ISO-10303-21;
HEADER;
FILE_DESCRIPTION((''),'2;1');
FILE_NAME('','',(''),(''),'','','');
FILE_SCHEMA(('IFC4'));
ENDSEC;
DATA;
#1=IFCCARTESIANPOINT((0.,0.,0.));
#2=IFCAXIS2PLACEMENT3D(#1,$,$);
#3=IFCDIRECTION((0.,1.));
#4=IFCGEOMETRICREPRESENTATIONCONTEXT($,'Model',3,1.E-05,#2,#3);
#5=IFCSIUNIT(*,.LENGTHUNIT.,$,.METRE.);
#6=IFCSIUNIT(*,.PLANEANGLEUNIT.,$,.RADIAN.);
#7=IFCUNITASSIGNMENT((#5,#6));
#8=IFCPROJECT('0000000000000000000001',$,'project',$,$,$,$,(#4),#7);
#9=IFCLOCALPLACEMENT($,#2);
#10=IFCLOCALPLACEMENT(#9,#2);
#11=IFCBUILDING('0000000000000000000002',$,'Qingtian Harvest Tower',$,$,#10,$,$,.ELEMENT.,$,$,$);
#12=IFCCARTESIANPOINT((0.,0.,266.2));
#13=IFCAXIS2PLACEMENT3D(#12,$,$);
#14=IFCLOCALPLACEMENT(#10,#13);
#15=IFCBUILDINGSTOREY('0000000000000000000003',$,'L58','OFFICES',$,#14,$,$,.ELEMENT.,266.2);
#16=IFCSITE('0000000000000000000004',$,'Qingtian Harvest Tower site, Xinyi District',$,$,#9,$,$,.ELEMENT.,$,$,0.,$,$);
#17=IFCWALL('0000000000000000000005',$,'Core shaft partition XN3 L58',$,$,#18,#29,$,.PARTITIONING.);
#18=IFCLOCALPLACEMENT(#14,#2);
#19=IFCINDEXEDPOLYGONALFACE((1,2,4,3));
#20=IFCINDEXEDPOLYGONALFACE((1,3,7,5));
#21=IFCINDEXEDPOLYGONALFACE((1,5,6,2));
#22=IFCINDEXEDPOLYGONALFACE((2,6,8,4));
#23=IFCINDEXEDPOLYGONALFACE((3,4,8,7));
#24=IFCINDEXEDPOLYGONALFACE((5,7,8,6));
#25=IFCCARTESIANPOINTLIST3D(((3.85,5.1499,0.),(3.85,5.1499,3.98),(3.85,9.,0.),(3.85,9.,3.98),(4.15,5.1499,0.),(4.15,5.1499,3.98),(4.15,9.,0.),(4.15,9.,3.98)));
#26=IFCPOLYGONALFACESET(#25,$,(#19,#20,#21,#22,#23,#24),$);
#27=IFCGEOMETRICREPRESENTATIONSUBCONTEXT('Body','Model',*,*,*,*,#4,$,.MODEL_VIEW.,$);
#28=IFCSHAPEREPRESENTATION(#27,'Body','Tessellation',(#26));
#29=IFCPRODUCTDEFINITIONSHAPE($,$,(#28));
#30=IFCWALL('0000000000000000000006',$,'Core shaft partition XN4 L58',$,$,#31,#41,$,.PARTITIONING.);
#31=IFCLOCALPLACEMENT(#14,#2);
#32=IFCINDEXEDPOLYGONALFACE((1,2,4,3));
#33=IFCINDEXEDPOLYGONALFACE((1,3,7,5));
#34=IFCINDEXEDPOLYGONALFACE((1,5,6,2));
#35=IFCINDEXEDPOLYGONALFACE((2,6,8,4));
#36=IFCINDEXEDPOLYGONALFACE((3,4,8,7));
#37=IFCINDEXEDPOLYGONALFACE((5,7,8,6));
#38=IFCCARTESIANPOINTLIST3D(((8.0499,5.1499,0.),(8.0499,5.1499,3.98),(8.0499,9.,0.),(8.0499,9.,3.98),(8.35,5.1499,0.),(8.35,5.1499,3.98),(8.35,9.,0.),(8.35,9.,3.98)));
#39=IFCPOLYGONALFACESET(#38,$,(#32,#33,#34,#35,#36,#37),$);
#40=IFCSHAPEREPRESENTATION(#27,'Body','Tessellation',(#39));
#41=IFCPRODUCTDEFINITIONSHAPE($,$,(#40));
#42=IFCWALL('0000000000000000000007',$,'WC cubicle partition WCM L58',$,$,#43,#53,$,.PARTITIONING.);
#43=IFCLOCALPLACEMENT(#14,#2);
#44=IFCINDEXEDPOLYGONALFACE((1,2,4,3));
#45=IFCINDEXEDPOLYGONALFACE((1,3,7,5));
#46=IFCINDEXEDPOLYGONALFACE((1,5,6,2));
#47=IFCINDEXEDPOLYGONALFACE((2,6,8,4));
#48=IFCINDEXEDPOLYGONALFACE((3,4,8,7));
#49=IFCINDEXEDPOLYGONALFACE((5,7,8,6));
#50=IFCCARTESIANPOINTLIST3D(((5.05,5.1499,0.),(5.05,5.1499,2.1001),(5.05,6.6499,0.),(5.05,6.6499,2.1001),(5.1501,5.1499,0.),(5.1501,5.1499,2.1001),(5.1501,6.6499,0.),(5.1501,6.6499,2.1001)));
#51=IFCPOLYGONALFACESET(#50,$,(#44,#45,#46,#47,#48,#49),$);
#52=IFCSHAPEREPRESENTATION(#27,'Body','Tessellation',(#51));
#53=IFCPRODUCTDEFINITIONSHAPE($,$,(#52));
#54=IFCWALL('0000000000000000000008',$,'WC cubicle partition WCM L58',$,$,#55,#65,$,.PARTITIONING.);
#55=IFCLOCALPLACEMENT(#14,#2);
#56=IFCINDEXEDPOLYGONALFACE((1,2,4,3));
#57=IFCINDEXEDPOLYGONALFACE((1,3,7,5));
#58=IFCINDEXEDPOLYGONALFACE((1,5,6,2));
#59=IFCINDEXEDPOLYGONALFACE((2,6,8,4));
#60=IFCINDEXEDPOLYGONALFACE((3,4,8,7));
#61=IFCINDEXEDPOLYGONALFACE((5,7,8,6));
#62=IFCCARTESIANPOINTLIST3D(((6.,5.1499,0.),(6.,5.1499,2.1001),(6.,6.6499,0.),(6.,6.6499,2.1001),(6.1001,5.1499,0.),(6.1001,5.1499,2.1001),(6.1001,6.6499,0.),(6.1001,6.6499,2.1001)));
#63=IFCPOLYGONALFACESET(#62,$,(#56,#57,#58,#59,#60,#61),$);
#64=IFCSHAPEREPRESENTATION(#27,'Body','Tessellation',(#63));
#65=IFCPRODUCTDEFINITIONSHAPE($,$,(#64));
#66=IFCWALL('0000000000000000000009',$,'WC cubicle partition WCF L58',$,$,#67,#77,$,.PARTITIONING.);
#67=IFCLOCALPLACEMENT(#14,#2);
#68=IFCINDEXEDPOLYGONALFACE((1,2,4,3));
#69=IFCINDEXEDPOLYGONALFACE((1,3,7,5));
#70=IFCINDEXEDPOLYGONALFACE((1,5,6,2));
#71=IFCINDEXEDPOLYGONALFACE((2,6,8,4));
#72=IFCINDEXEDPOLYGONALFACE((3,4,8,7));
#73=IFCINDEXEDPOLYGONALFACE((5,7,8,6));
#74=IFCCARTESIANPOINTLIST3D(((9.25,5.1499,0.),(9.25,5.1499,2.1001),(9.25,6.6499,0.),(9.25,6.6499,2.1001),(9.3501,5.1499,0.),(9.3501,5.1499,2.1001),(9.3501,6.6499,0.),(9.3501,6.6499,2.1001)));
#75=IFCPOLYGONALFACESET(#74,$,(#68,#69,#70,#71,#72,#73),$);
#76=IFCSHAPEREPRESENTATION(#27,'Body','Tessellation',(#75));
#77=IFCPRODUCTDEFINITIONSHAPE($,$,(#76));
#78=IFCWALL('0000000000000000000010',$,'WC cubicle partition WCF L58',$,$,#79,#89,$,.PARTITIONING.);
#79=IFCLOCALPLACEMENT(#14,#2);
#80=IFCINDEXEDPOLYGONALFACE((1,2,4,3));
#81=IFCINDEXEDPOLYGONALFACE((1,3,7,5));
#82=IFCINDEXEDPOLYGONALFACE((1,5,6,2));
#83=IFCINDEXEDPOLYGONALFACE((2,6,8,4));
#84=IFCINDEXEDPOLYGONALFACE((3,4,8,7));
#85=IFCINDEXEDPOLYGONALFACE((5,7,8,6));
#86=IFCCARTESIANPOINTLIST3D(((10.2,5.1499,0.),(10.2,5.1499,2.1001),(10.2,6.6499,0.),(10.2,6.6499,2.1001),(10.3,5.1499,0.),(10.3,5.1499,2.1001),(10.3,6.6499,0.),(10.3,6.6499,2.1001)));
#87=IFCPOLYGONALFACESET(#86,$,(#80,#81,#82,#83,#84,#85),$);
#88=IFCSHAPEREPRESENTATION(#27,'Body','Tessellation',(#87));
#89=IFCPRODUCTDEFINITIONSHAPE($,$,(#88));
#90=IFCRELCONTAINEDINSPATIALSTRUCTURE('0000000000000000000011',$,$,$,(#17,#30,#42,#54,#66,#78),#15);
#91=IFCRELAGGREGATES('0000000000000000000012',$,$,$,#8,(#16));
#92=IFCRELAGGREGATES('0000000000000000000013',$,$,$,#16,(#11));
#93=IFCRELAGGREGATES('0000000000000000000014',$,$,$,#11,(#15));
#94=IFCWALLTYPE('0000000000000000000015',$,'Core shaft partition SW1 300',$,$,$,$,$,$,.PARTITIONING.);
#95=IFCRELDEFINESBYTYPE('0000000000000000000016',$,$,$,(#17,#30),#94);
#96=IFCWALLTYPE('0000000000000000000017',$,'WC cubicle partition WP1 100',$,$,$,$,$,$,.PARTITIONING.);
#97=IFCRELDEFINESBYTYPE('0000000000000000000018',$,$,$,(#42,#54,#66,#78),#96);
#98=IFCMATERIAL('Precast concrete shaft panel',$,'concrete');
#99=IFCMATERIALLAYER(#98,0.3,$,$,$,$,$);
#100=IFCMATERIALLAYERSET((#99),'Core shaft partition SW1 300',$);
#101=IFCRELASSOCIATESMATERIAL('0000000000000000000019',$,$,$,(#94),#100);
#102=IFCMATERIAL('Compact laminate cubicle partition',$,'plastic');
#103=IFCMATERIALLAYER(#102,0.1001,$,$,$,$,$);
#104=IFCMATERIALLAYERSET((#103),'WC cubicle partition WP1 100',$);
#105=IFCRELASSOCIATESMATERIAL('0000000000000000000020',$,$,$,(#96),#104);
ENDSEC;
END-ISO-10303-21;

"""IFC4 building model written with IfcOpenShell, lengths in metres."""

from ifc_helpers import new_model, si_unit, direction, frame, frame_2d, origin, place, context, subcontext, project, spatial, rectangle, extrude, material, layer, layer_set, type_object, element, save


model = new_model("IFC4")

# Units and contexts
model_context = context("Model", 3, precision=1e-05, world=origin(), true_north=direction((0.0, 1.0)))
body_context = subcontext(model_context, "Body", "Model", "MODEL_VIEW")
ifc_project = project(units=[si_unit("LENGTHUNIT", "METRE"), si_unit("PLANEANGLEUNIT", "RADIAN")], contexts=[model_context])

# Site, building, storey
site_placement = place(None, origin())
site = spatial("IfcSite", under=ifc_project, at=site_placement, Name="Qingtian Harvest Tower site, Xinyi District", CompositionType="ELEMENT", RefElevation=0.0)
building_placement = place(site_placement, origin())
building = spatial("IfcBuilding", under=site, at=building_placement, Name="Qingtian Harvest Tower", CompositionType="ELEMENT")
storey_placement = place(building_placement, frame((0.0, 0.0, 266.2)))
storey = spatial("IfcBuildingStorey", under=building, at=storey_placement, Name="L58", Description="OFFICES", CompositionType="ELEMENT", Elevation=266.2)

# Walls
ifc_material_1 = material(Name="Precast concrete shaft panel", Category="concrete")
ifc_layer_1 = layer(ifc_material_1, 0.3)
ifc_layer_set_1 = layer_set([ifc_layer_1], Name="Core shaft partition SW1 300")
wall_type_1 = type_object("IfcWallType", Name="Core shaft partition SW1 300", PredefinedType="PARTITIONING", material=ifc_layer_set_1)
for number, where, z_axis, x_axis, name in (
    (1, (4.0, 5.1499, 0.0), (0.0, 0.0, 1.0), (0.0, 1.0, 0.0), "Core shaft partition XN3 L58"),
    (2, (8.2, 5.1499, 0.0), (0.0, 0.0, 1.0), (0.0, 1.0, 0.0), "Core shaft partition XN4 L58"),
):
    element("IfcWall", number, at=place(storey_placement, frame(where, z_axis=z_axis, x_axis=x_axis)), inside=storey, type_object=wall_type_1, Name=name, PredefinedType="PARTITIONING", context=body_context, shape_type="SweptSolid", body=[
        extrude(rectangle(XDim=3.8501, YDim=0.3, at=frame_2d((1.925, 0.0))), origin(), (0.0, 0.0, 1.0), 3.98),
    ])

# Walls
ifc_material_2 = material(Name="Compact laminate cubicle partition", Category="plastic")
ifc_layer_2 = layer(ifc_material_2, 0.1001)
ifc_layer_set_2 = layer_set([ifc_layer_2], Name="WC cubicle partition WP1 100")
wall_type_2 = type_object("IfcWallType", Name="WC cubicle partition WP1 100", PredefinedType="PARTITIONING", material=ifc_layer_set_2)
for number, where, z_axis, x_axis, name in (
    (3, (5.1001, 5.1499, 0.0), (0.0, 0.0, 1.0), (0.0, 1.0, 0.0), "WC cubicle partition WCM L58"),
    (4, (6.05, 5.1499, 0.0), (0.0, 0.0, 1.0), (0.0, 1.0, 0.0), "WC cubicle partition WCM L58"),
    (5, (9.3, 5.1499, 0.0), (0.0, 0.0, 1.0), (0.0, 1.0, 0.0), "WC cubicle partition WCF L58"),
    (6, (10.25, 5.1499, 0.0), (0.0, 0.0, 1.0), (0.0, 1.0, 0.0), "WC cubicle partition WCF L58"),
):
    element("IfcWall", number, at=place(storey_placement, frame(where, z_axis=z_axis, x_axis=x_axis)), inside=storey, type_object=wall_type_2, Name=name, PredefinedType="PARTITIONING", context=body_context, shape_type="SweptSolid", body=[
        extrude(rectangle(XDim=1.5, YDim=0.1001, at=frame_2d((0.75, 0.0))), origin(), (0.0, 0.0, 1.0), 2.1001),
    ])

save(model, "model.ifc")
